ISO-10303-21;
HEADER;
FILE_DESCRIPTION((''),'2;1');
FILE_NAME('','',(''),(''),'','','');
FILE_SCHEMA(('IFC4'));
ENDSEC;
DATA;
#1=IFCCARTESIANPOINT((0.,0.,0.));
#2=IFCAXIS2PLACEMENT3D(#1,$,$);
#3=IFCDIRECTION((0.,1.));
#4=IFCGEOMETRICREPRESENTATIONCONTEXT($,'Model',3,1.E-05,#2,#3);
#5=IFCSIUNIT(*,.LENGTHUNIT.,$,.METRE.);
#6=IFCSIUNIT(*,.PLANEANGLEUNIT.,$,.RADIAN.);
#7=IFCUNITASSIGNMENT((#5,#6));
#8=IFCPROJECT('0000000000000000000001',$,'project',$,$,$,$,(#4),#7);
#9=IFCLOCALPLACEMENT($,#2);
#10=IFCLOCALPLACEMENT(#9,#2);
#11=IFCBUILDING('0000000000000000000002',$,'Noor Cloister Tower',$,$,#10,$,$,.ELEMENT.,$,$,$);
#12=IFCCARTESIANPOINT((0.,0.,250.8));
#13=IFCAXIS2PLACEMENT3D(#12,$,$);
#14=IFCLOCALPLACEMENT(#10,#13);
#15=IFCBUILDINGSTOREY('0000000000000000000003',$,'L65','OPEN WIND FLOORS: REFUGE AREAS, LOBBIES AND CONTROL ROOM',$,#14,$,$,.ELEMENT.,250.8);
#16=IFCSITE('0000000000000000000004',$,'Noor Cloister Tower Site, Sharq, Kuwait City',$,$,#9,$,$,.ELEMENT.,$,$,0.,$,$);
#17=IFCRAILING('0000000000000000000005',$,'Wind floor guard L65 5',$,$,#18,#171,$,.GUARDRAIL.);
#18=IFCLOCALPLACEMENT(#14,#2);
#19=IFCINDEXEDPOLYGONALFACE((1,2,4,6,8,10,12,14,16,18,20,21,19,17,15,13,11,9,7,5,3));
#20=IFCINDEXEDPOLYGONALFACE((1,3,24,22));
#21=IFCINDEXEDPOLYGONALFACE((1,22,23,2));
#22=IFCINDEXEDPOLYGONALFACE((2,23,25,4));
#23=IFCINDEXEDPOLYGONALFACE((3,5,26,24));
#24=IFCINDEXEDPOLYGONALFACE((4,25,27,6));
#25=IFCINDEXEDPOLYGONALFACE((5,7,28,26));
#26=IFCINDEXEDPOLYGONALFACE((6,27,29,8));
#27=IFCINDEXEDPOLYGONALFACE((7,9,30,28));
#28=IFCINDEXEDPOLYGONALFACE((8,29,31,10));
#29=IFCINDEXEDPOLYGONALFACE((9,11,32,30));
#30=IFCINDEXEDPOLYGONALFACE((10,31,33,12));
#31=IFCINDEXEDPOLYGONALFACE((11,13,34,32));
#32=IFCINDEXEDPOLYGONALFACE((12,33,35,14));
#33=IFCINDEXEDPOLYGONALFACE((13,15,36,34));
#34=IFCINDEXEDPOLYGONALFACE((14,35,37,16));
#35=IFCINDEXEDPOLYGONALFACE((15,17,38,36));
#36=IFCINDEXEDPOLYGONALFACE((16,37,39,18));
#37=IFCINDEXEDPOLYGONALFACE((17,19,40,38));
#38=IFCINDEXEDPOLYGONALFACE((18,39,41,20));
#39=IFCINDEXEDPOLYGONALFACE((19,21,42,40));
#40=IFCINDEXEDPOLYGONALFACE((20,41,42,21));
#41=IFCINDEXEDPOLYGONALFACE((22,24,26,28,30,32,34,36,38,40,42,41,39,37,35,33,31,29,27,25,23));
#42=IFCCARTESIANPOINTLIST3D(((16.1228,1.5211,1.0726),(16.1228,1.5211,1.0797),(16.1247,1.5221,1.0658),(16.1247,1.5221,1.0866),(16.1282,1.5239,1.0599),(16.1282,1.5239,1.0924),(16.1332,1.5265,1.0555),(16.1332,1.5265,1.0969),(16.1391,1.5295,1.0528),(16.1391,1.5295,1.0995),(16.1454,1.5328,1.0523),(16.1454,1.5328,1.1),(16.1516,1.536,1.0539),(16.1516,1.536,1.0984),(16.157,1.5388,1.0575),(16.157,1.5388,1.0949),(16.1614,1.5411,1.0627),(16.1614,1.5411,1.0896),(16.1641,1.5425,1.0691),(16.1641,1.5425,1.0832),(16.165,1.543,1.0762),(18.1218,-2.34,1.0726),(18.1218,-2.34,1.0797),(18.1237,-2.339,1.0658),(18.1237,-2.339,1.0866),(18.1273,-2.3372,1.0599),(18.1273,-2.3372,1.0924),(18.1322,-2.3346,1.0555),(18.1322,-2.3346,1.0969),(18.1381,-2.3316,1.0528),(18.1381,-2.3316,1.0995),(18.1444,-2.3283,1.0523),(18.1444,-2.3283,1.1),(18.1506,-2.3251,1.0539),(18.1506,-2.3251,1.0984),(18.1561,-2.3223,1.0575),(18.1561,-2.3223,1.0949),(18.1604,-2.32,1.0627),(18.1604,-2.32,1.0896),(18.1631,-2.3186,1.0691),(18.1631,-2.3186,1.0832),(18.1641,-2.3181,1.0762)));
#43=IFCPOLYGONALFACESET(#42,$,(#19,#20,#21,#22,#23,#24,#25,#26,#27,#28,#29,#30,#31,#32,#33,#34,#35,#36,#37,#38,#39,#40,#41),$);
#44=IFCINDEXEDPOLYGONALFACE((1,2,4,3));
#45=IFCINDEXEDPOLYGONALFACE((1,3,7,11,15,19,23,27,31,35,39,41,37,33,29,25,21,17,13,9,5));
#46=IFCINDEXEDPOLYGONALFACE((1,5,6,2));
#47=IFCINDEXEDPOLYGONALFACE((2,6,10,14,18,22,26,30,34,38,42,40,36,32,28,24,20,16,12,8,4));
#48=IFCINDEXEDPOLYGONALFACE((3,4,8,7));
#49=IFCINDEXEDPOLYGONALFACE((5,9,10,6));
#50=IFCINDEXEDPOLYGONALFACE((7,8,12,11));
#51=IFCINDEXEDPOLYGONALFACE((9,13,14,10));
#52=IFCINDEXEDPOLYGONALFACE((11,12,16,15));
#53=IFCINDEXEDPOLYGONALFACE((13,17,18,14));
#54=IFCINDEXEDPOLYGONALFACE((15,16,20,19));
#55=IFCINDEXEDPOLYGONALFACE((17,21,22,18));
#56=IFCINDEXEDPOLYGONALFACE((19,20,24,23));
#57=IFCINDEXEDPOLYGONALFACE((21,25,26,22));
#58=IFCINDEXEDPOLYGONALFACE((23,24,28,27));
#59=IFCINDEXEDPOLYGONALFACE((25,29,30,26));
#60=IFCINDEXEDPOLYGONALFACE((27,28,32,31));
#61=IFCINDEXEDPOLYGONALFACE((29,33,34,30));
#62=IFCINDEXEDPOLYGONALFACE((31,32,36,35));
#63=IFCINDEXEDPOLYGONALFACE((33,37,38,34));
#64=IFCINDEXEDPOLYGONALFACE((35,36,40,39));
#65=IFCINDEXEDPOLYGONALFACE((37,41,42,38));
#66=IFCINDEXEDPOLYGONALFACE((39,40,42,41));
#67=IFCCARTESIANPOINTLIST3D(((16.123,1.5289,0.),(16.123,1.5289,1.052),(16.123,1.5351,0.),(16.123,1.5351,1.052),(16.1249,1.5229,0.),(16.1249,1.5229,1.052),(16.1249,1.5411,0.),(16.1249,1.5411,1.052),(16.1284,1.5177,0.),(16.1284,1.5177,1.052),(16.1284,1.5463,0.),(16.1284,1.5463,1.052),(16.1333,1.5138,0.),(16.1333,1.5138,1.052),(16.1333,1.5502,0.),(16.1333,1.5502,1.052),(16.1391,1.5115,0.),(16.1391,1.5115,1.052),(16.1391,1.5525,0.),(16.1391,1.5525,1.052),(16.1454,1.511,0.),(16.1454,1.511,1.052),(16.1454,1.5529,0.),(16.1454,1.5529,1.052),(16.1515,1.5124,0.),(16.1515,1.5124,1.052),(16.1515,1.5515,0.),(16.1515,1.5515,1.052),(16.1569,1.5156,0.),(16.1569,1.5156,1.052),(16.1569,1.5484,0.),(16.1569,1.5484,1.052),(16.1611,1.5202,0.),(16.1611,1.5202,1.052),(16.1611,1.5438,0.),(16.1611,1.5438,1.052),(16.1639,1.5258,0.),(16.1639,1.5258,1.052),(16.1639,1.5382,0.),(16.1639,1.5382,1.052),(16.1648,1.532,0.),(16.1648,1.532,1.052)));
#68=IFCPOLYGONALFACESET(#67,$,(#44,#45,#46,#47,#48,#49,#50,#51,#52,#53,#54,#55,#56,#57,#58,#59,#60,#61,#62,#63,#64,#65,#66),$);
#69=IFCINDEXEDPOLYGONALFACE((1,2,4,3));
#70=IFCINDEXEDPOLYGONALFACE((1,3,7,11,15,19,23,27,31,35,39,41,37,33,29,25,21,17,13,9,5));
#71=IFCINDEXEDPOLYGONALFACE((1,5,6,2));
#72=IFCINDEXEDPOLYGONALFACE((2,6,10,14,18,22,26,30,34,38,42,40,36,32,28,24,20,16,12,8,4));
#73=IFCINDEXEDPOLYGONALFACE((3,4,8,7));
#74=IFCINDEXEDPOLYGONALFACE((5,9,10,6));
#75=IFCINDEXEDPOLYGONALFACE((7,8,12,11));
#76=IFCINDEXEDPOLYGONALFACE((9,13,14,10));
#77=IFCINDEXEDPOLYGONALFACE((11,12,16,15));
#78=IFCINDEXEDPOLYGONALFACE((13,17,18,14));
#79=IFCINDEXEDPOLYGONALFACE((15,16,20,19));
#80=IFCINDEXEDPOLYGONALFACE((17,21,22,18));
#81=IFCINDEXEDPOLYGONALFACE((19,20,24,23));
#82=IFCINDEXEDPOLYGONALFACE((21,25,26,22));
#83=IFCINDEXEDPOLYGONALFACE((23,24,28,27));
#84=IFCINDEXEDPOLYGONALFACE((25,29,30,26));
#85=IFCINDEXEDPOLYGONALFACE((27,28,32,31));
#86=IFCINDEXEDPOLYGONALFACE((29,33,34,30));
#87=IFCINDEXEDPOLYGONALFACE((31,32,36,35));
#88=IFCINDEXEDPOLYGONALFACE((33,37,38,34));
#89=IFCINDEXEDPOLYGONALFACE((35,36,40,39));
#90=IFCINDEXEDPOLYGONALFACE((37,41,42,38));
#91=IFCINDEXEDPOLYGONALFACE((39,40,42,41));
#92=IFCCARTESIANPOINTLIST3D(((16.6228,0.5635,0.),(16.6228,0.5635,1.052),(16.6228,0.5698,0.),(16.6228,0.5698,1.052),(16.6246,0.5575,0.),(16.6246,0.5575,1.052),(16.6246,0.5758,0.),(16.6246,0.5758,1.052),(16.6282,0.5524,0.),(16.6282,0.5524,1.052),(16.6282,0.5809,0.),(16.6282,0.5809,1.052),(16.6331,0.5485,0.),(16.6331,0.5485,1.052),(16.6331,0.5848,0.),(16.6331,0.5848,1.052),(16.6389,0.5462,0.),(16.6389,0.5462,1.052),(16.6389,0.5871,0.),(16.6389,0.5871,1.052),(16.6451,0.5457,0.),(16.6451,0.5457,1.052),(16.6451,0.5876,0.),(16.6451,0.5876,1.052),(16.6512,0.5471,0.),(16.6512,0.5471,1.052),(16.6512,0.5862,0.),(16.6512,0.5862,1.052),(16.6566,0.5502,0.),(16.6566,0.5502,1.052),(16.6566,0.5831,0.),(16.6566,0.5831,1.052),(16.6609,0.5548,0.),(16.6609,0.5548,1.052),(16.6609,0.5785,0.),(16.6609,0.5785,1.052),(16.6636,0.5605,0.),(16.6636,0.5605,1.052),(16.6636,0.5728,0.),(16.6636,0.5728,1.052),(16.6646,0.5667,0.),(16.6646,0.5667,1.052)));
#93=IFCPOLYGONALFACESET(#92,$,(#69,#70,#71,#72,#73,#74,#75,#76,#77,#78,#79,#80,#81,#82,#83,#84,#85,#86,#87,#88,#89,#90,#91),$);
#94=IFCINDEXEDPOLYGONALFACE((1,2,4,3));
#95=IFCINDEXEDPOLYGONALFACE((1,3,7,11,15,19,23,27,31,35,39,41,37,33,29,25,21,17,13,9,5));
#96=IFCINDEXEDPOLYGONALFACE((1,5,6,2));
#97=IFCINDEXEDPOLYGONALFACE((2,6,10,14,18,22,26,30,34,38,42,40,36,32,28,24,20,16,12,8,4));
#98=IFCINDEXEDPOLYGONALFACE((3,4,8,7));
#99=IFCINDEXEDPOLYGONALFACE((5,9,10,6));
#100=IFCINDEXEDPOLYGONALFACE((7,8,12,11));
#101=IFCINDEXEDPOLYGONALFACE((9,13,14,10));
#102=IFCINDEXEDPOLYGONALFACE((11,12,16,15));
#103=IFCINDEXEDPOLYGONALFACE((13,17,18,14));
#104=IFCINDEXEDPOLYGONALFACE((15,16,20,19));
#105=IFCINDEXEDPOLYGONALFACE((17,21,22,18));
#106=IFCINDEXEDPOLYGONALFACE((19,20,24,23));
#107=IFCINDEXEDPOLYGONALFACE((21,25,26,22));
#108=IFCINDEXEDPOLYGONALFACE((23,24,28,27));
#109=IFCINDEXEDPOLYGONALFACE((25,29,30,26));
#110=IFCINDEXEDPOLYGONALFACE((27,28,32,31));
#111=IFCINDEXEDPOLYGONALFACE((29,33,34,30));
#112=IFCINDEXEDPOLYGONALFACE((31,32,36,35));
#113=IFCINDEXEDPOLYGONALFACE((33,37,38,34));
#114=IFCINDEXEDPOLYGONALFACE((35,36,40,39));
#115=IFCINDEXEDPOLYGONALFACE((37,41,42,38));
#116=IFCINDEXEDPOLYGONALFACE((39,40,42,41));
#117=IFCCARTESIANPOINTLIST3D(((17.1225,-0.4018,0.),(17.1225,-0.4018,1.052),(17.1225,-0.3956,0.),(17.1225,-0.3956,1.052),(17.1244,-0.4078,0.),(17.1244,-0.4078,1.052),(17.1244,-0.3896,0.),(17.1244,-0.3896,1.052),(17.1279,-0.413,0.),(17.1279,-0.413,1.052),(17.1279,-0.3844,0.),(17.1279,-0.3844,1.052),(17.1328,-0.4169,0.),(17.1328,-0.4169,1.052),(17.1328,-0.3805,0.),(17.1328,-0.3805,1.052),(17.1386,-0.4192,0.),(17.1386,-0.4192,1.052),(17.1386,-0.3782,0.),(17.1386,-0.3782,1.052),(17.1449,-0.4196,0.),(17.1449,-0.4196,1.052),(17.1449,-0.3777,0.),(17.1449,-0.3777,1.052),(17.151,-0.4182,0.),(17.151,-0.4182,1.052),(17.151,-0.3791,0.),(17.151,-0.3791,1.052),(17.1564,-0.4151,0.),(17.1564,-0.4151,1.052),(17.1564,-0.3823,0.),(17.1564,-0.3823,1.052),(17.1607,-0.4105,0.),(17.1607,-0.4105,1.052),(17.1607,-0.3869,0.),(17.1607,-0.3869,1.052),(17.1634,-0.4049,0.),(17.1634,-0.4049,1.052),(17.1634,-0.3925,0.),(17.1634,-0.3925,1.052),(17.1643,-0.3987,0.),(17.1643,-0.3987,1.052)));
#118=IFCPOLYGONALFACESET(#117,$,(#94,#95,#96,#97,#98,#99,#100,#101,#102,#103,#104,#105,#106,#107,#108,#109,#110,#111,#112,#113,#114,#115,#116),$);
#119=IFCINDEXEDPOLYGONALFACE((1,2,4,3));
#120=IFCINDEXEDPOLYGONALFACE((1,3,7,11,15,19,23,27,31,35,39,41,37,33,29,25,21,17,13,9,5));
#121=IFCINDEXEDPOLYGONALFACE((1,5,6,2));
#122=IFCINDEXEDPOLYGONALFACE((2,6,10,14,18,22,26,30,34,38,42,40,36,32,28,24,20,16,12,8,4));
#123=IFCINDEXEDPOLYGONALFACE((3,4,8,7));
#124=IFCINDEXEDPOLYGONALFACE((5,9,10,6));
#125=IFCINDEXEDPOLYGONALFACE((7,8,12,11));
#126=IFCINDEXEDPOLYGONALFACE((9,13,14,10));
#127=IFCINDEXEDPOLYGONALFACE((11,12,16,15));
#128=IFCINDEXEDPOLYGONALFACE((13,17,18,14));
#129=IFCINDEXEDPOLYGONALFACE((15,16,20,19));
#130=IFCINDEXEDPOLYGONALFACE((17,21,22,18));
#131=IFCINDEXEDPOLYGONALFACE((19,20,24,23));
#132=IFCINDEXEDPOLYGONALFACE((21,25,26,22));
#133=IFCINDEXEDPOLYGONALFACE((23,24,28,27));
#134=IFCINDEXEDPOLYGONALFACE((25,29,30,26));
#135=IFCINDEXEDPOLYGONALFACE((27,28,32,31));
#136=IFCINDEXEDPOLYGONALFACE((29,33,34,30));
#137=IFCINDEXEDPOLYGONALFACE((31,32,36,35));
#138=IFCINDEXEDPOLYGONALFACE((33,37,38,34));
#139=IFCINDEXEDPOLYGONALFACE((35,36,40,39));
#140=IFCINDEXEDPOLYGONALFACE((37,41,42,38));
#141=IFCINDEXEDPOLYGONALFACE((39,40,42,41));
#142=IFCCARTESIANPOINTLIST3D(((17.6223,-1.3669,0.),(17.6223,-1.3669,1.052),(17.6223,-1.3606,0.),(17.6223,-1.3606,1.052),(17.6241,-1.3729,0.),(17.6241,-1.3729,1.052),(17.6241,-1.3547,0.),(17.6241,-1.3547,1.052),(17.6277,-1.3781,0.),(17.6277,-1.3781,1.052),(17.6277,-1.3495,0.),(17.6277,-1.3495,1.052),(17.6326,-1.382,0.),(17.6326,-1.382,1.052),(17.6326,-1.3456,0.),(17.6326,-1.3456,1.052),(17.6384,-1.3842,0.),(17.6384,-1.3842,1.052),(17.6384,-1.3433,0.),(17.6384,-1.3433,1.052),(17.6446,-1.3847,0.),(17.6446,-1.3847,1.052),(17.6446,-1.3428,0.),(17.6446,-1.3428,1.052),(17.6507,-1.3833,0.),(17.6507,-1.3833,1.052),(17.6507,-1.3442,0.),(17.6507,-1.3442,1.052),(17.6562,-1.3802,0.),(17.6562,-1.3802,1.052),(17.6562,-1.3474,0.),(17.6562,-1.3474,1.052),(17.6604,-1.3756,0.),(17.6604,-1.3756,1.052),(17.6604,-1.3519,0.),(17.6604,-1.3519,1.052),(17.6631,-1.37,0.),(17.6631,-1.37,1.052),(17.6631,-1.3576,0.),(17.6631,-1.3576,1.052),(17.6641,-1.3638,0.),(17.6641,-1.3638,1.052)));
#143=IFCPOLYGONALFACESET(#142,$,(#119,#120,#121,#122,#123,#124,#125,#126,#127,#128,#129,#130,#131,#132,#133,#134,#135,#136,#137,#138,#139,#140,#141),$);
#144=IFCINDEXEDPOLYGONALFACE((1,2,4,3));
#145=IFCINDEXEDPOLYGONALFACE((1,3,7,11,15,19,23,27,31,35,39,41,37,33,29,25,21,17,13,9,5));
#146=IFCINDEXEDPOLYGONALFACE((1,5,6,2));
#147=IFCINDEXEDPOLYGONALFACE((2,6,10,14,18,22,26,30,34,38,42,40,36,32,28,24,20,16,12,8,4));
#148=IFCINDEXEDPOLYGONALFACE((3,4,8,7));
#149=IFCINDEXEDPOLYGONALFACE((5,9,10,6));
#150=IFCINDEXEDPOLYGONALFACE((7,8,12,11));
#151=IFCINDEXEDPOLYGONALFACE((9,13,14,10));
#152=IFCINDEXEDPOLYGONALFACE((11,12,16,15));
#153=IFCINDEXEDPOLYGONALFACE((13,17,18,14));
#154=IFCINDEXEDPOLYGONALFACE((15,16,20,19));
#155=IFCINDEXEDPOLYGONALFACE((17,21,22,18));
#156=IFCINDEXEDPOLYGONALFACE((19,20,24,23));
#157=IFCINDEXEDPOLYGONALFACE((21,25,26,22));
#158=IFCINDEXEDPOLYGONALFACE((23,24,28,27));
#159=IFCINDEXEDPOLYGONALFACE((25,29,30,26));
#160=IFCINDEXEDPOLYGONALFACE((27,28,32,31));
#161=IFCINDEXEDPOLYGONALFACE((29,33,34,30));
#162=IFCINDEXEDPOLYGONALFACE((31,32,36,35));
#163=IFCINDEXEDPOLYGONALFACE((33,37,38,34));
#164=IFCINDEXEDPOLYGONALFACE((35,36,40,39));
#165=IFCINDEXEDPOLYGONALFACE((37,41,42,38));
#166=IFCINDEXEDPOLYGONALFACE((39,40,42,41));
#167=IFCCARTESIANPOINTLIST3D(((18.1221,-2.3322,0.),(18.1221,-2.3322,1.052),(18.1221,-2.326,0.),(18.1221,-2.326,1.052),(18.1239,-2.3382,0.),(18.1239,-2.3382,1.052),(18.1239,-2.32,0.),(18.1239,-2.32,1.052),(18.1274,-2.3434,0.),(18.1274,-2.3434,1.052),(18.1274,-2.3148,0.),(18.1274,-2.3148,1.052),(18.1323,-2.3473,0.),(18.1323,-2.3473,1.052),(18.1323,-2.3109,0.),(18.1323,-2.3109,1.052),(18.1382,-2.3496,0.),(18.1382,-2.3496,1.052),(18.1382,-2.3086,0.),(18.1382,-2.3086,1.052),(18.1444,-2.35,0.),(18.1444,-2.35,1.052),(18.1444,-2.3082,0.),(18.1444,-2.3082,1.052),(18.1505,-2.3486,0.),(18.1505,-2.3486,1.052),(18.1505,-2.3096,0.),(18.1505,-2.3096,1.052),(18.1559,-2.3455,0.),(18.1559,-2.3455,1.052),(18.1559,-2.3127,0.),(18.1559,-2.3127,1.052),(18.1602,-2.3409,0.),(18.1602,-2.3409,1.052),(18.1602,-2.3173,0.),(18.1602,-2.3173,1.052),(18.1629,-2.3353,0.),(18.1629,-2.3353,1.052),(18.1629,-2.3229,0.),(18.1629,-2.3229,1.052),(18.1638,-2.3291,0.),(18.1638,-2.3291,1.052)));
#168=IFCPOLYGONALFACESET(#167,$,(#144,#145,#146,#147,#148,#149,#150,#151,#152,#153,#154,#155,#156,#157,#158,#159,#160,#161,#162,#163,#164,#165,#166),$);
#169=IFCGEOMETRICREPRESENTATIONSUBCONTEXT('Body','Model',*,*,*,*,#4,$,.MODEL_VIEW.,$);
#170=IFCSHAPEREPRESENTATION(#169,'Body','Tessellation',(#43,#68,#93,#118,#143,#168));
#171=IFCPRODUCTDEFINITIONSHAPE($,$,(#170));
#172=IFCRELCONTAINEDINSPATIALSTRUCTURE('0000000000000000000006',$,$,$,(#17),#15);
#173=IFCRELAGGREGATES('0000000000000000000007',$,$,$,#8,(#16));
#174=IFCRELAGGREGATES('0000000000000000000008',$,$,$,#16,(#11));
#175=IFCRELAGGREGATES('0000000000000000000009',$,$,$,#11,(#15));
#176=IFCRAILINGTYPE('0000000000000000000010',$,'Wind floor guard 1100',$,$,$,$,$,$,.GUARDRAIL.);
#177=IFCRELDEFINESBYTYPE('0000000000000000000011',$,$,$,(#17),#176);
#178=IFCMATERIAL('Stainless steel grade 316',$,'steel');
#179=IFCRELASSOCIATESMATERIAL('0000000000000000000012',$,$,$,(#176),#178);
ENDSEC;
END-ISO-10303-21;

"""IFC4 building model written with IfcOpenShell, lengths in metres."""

from ifc_helpers import new_model, si_unit, direction, frame, origin, origin_2d, place, context, subcontext, project, spatial, circle, extrude, material, type_object, element, save


model = new_model("IFC4")

# Units and contexts
model_context = context("Model", 3, precision=1e-05, world=origin(), true_north=direction((0.0, 1.0)))
body_context = subcontext(model_context, "Body", "Model", "MODEL_VIEW")
ifc_project = project(units=[si_unit("LENGTHUNIT", "METRE"), si_unit("PLANEANGLEUNIT", "RADIAN")], contexts=[model_context])

# Site, building, storey
site_placement = place(None, origin())
site = spatial("IfcSite", under=ifc_project, at=site_placement, Name="Noor Cloister Tower Site, Sharq, Kuwait City", CompositionType="ELEMENT", RefElevation=0.0)
building_placement = place(site_placement, origin())
building = spatial("IfcBuilding", under=site, at=building_placement, Name="Noor Cloister Tower", CompositionType="ELEMENT")
storey_placement = place(building_placement, frame((0.0, 0.0, 250.8)))
storey = spatial("IfcBuildingStorey", under=building, at=storey_placement, Name="L65", Description="OPEN WIND FLOORS: REFUGE AREAS, LOBBIES AND CONTROL ROOM", CompositionType="ELEMENT", Elevation=250.8)

# Railing
ifc_material_1 = material(Name="Stainless steel grade 316", Category="steel")
railing_type = type_object("IfcRailingType", Name="Wind floor guard 1100", PredefinedType="GUARDRAIL", material=ifc_material_1)
railing_1_placement = place(storey_placement, frame((16.1438, 1.532, 0.0)))
element("IfcRailing", 1, at=railing_1_placement, inside=storey, type_object=railing_type, Name="Wind floor guard L65 5", PredefinedType="GUARDRAIL", context=body_context, shape_type="SweptSolid", body=[
    extrude(circle(Radius=0.0239, at=origin_2d()), frame((0.0, 0.0, 1.0762), z_axis=(0.45977, -0.888038, 0.0), x_axis=(0.888038, 0.45977, 0.0)), (0.0, 0.0, 1.0), 4.3479),
    extrude(circle(Radius=0.021, at=origin_2d()), origin(), (0.0, 0.0, 1.0), 1.052),
    extrude(circle(Radius=0.021, at=origin_2d()), frame((0.4998, -0.9653, 0.0)), (0.0, 0.0, 1.0), 1.052),
    extrude(circle(Radius=0.021, at=origin_2d()), frame((0.9995, -1.9307, 0.0)), (0.0, 0.0, 1.0), 1.052),
    extrude(circle(Radius=0.021, at=origin_2d()), frame((1.4993, -2.8958, 0.0)), (0.0, 0.0, 1.0), 1.052),
    extrude(circle(Radius=0.021, at=origin_2d()), frame((1.999, -3.8611, 0.0)), (0.0, 0.0, 1.0), 1.052),
])

save(model, "model.ifc")
